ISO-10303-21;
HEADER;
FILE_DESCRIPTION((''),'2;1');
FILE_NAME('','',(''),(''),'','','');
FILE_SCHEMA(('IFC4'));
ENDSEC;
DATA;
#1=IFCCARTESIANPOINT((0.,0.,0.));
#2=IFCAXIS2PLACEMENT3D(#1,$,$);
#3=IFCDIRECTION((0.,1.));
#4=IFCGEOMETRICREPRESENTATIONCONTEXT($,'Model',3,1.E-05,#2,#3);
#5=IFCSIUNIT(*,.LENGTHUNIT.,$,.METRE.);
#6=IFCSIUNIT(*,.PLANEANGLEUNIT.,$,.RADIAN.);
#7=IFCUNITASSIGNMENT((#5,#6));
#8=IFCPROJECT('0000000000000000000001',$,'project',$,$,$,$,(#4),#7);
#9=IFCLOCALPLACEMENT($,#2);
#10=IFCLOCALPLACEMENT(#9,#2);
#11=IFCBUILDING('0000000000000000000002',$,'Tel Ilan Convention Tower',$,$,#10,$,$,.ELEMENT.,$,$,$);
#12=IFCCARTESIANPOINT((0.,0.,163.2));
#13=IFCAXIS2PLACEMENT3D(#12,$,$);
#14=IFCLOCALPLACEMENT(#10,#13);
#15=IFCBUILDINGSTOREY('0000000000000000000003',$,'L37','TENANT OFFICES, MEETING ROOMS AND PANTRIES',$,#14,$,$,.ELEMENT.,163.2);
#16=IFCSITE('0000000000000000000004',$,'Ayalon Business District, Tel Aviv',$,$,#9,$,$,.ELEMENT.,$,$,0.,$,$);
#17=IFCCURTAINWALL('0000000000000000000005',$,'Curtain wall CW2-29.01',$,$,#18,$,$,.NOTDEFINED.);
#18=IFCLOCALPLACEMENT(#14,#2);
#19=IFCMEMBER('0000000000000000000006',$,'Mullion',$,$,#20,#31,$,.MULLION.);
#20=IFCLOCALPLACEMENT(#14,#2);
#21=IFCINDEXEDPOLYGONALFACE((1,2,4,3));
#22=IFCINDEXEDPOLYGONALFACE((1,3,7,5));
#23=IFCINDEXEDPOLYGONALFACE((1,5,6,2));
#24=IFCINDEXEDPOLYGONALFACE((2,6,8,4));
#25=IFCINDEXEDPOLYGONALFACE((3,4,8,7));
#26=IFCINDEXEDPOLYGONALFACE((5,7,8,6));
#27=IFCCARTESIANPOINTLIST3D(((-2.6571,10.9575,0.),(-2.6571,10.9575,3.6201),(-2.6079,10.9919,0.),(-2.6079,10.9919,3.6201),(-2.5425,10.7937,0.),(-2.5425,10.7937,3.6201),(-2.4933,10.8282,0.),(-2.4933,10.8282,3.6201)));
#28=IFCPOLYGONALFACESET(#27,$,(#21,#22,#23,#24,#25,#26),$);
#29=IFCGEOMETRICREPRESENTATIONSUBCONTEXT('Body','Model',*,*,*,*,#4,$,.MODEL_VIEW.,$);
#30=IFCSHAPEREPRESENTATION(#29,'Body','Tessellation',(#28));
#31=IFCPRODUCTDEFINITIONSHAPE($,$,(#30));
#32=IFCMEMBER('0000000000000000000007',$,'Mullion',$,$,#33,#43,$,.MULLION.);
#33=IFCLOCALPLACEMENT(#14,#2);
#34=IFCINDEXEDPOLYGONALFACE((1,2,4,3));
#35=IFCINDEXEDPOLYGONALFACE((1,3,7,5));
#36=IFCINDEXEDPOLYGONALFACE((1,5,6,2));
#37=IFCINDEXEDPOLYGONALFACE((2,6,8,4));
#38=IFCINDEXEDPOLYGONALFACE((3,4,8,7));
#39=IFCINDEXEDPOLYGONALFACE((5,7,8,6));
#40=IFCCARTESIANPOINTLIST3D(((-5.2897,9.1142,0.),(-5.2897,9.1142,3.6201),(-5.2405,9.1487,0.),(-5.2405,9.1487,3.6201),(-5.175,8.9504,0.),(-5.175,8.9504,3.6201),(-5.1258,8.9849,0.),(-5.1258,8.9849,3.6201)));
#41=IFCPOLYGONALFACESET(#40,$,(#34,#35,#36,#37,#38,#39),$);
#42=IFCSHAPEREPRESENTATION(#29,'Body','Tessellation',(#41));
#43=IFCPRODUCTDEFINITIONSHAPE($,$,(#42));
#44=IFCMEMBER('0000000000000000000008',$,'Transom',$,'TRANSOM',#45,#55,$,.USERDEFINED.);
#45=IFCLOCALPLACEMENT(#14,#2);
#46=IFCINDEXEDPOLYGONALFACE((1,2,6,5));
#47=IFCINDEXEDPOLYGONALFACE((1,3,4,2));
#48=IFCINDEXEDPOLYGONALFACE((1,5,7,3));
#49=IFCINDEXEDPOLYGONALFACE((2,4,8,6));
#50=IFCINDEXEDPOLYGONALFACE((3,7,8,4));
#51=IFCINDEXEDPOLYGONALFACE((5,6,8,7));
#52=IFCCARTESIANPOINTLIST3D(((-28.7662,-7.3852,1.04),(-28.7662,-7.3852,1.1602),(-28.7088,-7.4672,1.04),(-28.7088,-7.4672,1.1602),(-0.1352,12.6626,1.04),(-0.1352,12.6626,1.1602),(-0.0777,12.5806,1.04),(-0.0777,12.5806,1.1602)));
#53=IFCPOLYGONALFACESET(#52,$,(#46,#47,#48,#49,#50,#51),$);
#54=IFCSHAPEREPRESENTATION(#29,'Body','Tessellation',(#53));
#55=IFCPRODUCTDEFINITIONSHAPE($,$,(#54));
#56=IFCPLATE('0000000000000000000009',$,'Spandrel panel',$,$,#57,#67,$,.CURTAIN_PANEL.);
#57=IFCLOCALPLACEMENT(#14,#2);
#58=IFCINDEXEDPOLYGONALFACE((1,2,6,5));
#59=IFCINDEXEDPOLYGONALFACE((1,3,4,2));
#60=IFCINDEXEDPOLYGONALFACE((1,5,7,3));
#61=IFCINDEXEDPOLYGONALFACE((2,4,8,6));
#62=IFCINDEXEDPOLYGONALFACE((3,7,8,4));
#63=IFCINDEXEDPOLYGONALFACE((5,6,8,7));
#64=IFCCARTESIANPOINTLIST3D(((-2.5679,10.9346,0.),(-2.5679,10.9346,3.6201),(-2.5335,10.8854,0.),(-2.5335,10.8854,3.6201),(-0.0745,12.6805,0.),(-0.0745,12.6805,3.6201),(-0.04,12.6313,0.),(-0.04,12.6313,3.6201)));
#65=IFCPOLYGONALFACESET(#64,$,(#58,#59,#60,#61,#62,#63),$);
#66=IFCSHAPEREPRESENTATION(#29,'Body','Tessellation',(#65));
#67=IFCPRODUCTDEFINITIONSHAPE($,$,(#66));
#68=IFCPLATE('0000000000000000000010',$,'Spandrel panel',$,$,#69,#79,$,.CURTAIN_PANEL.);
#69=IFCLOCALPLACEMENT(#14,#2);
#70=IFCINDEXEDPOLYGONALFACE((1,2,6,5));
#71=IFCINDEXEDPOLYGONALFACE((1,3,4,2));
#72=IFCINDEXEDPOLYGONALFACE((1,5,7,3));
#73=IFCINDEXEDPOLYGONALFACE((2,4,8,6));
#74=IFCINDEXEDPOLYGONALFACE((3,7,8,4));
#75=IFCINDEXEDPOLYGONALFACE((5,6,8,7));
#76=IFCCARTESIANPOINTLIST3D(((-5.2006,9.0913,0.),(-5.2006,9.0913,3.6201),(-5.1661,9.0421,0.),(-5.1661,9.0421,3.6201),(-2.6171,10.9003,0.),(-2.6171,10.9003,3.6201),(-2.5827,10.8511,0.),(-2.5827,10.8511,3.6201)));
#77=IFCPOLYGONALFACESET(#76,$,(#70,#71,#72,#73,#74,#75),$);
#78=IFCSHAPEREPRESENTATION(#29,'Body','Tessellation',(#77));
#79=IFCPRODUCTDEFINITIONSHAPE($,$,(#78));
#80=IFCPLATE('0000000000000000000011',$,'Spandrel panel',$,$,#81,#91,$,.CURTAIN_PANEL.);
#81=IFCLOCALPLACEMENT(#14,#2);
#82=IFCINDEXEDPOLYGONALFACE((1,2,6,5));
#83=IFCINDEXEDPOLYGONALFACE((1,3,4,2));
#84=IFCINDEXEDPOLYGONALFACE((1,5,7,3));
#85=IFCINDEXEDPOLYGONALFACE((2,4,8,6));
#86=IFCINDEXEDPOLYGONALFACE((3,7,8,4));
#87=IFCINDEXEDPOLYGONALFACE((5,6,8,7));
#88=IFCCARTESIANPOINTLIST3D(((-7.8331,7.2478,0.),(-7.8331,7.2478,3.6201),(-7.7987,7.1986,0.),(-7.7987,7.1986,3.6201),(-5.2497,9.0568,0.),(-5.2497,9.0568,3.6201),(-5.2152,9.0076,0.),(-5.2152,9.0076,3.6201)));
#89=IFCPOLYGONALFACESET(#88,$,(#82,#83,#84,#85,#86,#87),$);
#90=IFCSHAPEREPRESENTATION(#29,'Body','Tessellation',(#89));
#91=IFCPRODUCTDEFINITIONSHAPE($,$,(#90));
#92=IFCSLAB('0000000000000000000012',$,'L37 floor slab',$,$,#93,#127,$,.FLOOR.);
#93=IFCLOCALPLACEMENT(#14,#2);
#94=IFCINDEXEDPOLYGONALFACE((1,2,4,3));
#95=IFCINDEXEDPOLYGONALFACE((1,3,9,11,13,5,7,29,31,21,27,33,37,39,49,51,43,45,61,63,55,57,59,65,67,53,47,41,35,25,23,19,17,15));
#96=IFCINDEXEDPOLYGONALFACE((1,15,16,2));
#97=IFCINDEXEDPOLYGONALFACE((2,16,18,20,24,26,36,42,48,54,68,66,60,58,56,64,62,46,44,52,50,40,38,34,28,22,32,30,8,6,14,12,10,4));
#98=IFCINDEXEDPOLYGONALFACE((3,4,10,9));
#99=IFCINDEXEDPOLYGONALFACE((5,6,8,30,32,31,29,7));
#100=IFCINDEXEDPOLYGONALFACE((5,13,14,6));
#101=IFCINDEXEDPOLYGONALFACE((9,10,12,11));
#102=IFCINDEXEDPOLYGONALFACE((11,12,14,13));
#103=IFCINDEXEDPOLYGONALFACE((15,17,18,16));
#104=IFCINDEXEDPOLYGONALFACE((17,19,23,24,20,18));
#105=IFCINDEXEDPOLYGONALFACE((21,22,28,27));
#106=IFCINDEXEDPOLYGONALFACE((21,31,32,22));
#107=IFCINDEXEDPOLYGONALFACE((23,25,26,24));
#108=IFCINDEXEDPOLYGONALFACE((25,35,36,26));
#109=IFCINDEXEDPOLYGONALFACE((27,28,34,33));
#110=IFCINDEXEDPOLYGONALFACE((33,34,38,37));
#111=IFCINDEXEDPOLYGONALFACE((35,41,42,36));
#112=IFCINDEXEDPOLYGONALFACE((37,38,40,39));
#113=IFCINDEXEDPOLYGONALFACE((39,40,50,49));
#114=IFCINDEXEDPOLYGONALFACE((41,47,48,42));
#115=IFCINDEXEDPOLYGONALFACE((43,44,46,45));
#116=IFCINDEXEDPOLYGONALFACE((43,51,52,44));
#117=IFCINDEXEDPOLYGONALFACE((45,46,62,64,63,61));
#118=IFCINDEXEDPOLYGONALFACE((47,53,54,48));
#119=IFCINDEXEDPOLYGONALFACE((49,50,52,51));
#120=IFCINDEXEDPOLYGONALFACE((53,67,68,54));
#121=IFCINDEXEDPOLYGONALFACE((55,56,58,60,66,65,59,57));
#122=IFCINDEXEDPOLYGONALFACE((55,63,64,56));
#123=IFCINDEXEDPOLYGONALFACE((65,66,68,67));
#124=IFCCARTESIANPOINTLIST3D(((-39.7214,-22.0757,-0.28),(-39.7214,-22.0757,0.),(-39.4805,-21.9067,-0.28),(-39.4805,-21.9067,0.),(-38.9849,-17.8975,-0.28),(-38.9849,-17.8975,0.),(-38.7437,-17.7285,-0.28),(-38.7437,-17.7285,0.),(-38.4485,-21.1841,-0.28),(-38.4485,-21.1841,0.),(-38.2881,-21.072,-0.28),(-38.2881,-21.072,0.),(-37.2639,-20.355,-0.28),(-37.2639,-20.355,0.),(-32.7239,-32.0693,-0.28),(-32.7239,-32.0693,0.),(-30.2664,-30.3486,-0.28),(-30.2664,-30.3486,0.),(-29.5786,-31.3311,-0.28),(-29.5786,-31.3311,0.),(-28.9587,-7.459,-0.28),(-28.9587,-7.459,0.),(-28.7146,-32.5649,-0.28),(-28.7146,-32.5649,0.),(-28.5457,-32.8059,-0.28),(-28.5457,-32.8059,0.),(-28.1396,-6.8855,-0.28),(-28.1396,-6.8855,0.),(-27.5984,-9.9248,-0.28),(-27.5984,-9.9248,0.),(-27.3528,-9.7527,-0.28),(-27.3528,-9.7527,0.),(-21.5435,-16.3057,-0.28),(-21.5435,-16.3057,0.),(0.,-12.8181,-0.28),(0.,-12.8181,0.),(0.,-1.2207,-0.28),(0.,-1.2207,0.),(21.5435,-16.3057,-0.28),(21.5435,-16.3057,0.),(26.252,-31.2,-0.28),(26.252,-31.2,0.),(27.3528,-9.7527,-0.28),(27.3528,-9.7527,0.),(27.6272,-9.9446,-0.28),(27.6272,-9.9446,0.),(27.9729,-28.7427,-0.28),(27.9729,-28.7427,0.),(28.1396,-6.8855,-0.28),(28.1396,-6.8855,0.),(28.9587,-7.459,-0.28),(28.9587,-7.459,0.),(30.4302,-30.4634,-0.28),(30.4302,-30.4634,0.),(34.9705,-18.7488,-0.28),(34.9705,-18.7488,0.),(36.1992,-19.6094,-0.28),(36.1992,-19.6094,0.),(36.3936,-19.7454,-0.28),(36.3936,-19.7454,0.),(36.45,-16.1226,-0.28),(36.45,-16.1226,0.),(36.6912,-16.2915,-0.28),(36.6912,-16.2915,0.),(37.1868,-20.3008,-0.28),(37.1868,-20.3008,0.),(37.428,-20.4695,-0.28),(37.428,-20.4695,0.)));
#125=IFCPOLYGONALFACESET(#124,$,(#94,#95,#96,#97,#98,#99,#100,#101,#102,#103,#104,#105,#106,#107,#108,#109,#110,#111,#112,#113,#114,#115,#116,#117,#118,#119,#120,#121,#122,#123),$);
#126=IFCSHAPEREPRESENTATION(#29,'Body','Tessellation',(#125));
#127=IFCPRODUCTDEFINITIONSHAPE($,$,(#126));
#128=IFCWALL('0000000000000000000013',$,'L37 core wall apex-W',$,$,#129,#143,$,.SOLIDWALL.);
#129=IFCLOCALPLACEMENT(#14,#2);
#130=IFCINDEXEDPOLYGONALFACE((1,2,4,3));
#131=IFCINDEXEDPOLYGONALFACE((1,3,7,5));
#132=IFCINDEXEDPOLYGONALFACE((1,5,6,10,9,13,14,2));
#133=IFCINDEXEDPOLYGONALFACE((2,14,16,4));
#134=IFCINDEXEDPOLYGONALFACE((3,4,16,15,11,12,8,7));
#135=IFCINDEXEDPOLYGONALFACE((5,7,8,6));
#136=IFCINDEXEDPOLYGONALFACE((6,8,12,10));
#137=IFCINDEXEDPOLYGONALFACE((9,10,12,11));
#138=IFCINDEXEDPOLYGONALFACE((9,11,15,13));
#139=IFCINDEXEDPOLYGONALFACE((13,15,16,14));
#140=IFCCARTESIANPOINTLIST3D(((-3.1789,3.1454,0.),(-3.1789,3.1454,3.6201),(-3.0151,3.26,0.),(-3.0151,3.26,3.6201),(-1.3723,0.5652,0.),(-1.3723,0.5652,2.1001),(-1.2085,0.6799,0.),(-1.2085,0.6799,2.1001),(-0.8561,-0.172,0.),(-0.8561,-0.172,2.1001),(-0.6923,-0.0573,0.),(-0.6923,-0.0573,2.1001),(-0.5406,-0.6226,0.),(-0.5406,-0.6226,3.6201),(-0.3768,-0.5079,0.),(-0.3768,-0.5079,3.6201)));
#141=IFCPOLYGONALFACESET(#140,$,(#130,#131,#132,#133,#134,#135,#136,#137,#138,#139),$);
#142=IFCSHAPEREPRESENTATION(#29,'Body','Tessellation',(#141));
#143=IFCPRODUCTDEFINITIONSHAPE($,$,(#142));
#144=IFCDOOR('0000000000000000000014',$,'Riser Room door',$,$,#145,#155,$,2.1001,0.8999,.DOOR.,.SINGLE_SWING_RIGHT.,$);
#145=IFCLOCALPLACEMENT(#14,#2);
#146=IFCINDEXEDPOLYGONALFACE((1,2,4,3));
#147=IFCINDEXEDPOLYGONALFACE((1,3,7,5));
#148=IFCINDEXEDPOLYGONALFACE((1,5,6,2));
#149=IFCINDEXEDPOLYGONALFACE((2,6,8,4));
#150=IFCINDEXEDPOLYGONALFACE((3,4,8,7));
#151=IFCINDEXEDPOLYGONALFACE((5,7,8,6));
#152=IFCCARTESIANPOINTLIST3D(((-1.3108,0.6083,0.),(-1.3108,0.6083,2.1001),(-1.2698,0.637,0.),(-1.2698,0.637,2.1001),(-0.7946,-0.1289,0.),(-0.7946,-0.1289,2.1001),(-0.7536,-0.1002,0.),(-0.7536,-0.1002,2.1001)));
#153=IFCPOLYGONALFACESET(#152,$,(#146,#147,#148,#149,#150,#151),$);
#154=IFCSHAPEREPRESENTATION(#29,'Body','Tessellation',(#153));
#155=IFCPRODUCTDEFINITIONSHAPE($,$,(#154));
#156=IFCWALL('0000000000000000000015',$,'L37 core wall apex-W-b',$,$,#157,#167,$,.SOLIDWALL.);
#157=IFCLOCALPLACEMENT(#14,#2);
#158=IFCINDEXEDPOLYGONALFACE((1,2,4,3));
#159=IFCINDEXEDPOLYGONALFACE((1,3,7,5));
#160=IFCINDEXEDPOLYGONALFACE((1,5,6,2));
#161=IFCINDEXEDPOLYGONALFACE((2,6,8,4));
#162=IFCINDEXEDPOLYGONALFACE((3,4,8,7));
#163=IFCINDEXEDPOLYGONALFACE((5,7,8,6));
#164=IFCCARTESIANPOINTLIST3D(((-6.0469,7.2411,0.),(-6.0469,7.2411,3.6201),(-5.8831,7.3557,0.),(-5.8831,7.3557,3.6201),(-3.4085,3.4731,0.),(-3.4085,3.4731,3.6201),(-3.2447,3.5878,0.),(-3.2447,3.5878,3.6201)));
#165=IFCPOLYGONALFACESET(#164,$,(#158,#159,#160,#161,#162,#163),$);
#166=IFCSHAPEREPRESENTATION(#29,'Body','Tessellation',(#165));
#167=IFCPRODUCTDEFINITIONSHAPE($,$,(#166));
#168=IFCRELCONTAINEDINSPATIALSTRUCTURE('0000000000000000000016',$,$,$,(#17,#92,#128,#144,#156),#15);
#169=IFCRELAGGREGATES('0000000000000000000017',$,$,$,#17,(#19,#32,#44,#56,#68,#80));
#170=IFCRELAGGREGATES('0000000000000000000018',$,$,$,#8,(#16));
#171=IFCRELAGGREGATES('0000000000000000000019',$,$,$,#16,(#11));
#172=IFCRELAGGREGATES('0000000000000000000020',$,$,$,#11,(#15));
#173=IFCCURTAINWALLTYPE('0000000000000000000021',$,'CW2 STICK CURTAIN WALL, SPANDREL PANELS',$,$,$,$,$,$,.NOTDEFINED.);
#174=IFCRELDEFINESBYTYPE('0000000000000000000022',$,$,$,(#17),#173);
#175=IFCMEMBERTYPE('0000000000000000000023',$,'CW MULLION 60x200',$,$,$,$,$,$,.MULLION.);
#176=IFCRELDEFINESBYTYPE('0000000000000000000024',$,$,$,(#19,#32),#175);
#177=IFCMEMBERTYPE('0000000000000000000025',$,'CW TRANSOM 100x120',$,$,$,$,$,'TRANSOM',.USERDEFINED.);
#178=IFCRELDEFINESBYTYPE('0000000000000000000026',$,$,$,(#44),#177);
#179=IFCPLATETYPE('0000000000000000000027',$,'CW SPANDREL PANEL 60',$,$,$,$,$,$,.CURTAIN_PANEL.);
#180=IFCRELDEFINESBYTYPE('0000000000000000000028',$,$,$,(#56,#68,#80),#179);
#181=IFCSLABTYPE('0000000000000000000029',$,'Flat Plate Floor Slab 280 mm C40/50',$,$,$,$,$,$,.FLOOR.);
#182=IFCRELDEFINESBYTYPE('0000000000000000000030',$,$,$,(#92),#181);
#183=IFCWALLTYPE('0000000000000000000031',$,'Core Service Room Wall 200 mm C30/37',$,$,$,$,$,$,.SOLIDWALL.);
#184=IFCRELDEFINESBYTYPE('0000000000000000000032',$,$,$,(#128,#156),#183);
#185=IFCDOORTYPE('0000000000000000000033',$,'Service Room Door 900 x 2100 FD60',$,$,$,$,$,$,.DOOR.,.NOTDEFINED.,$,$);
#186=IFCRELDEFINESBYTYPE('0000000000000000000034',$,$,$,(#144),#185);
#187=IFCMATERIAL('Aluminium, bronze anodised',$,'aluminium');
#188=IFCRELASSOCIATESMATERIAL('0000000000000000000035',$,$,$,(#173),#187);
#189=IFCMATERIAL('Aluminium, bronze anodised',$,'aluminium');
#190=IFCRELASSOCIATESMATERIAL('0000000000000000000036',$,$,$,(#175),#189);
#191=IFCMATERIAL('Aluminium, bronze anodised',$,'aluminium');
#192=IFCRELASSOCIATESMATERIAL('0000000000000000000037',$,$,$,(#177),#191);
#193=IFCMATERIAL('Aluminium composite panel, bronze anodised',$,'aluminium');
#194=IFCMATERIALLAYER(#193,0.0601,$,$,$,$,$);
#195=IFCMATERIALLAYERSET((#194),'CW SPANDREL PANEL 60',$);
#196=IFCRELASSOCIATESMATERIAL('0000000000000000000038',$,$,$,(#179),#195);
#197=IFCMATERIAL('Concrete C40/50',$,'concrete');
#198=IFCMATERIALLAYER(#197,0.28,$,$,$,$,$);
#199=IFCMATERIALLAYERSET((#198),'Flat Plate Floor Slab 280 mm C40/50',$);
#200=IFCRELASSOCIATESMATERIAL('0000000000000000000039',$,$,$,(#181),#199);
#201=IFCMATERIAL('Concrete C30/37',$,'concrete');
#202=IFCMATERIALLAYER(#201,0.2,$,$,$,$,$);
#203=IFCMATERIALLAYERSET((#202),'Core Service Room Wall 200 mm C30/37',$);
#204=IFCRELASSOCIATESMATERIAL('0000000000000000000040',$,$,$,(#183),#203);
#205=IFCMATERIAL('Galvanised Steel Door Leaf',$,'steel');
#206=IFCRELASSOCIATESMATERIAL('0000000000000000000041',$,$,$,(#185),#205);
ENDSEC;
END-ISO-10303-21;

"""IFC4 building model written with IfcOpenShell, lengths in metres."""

from ifc_helpers import new_model, si_unit, direction, frame, frame_2d, origin, origin_2d, place, context, subcontext, project, spatial, polyline, rectangle, outline, extrude, material, layer, layer_set, material_profile, profile_set, type_object, element, fill, aggregate, save


model = new_model("IFC4")

# Units and contexts
model_context = context("Model", 3, precision=1e-05, world=origin(), true_north=direction((0.0, 1.0)))
body_context = subcontext(model_context, "Body", "Model", "MODEL_VIEW")
ifc_project = project(units=[si_unit("LENGTHUNIT", "METRE"), si_unit("PLANEANGLEUNIT", "RADIAN")], contexts=[model_context])

# Site, building, storey
site_placement = place(None, origin())
site = spatial("IfcSite", under=ifc_project, at=site_placement, Name="Ayalon Business District, Tel Aviv", CompositionType="ELEMENT", RefElevation=0.0)
building_placement = place(site_placement, origin())
building = spatial("IfcBuilding", under=site, at=building_placement, Name="Tel Ilan Convention Tower", CompositionType="ELEMENT")
storey_placement = place(building_placement, frame((0.0, 0.0, 163.2)))
storey = spatial("IfcBuildingStorey", under=building, at=storey_placement, Name="L37", Description="TENANT OFFICES, MEETING ROOMS AND PANTRIES", CompositionType="ELEMENT", Elevation=163.2)

# Curtain wall, members, plates
ifc_material_1 = material(Name="Aluminium, bronze anodised", Category="aluminium")
curtain_wall_type = type_object("IfcCurtainWallType", Name="CW2 STICK CURTAIN WALL, SPANDREL PANELS", PredefinedType="NOTDEFINED", material=ifc_material_1)
curtain_wall_placement = place(storey_placement, origin())
curtain_wall = element("IfcCurtainWall", 1, at=curtain_wall_placement, inside=storey, type_object=curtain_wall_type, Name="Curtain wall CW2-29.01", PredefinedType="NOTDEFINED")
ifc_material_2 = material(Name="Aluminium, bronze anodised", Category="aluminium")
ifc_material_profile_1 = material_profile(ifc_material_2, rectangle(XDim=0.0601, YDim=0.2, at=origin_2d()), Name="CW MULLION 60x200")
ifc_profile_set_1 = profile_set([ifc_material_profile_1], Name="Aluminium, bronze anodised")
member_type_1 = type_object("IfcMemberType", Name="CW MULLION 60x200", PredefinedType="MULLION", material=ifc_profile_set_1)
member_1_placement = place(storey_placement, frame((-2.5752, 10.8928, 0.0), z_axis=(0.0, 0.0, 1.0), x_axis=(-0.819152, -0.573576, 0.0)))
member_1 = element("IfcMember", 2, at=member_1_placement, type_object=member_type_1, Name="Mullion", PredefinedType="MULLION", context=body_context, shape_type="SweptSolid", body=[
    extrude(rectangle(XDim=0.0601, YDim=0.2, at=origin_2d()), origin(), (0.0, 0.0, 1.0), 3.6201),
])
member_2_placement = place(storey_placement, frame((-5.2078, 9.0496, 0.0), z_axis=(0.0, 0.0, 1.0), x_axis=(-0.819152, -0.573576, 0.0)))
member_2 = element("IfcMember", 3, at=member_2_placement, type_object=member_type_1, Name="Mullion", PredefinedType="MULLION", context=body_context, shape_type="SweptSolid", body=[
    extrude(rectangle(XDim=0.0601, YDim=0.2, at=origin_2d()), origin(), (0.0, 0.0, 1.0), 3.6201),
])
ifc_material_3 = material(Name="Aluminium, bronze anodised", Category="aluminium")
ifc_material_profile_2 = material_profile(ifc_material_3, rectangle(XDim=0.1001, YDim=0.1201, at=origin_2d()), Name="CW TRANSOM 100x120")
ifc_profile_set_2 = profile_set([ifc_material_profile_2], Name="Aluminium, bronze anodised")
member_type_2 = type_object("IfcMemberType", Name="CW TRANSOM 100x120", ElementType="TRANSOM", PredefinedType="USERDEFINED", material=ifc_profile_set_2)
member_3_placement = place(storey_placement, frame((-0.1064, 12.6216, 1.1001), z_axis=(-0.81915, -0.573579, 0.0), x_axis=(0.573579, -0.81915, 0.0)))
member_3 = element("IfcMember", 4, at=member_3_placement, type_object=member_type_2, Name="Transom", ObjectType="TRANSOM", PredefinedType="USERDEFINED", context=body_context, shape_type="SweptSolid", body=[
    extrude(rectangle(XDim=0.1001, YDim=0.1201, at=origin_2d()), origin(), (0.0, 0.0, 1.0), 34.9521),
])
ifc_material_4 = material(Name="Aluminium composite panel, bronze anodised", Category="aluminium")
ifc_layer_1 = layer(ifc_material_4, 0.0601)
ifc_layer_set_1 = layer_set([ifc_layer_1], Name="CW SPANDREL PANEL 60")
plate_type = type_object("IfcPlateType", Name="CW SPANDREL PANEL 60", PredefinedType="CURTAIN_PANEL", material=ifc_layer_set_1)
plate_1_placement = place(storey_placement, frame((-1.304, 11.783, 0.0), z_axis=(0.0, 0.0, 1.0), x_axis=(-0.819152, -0.573576, 0.0)))
plate_1 = element("IfcPlate", 5, at=plate_1_placement, type_object=plate_type, Name="Spandrel panel", PredefinedType="CURTAIN_PANEL", context=body_context, shape_type="SweptSolid", body=[
    extrude(rectangle(XDim=3.0439, YDim=0.0601, at=origin_2d()), origin(), (0.0, 0.0, 1.0), 3.6201),
])
plate_2_placement = place(storey_placement, frame((-3.8916, 9.9712, 0.0), z_axis=(0.0, 0.0, 1.0), x_axis=(-0.819152, -0.573576, 0.0)))
plate_2 = element("IfcPlate", 6, at=plate_2_placement, type_object=plate_type, Name="Spandrel panel", PredefinedType="CURTAIN_PANEL", context=body_context, shape_type="SweptSolid", body=[
    extrude(rectangle(XDim=3.1538, YDim=0.0601, at=origin_2d()), origin(), (0.0, 0.0, 1.0), 3.6201),
])
plate_3_placement = place(storey_placement, frame((-6.5242, 8.1277, 0.0), z_axis=(0.0, 0.0, 1.0), x_axis=(-0.819152, -0.573576, 0.0)))
plate_3 = element("IfcPlate", 7, at=plate_3_placement, type_object=plate_type, Name="Spandrel panel", PredefinedType="CURTAIN_PANEL", context=body_context, shape_type="SweptSolid", body=[
    extrude(rectangle(XDim=3.1538, YDim=0.0601, at=origin_2d()), origin(), (0.0, 0.0, 1.0), 3.6201),
])
aggregate(curtain_wall, [member_1, member_2, member_3, plate_1, plate_2, plate_3])

# Slab
ifc_material_5 = material(Name="Concrete C40/50", Category="concrete")
ifc_layer_2 = layer(ifc_material_5, 0.28)
ifc_layer_set_2 = layer_set([ifc_layer_2], Name="Flat Plate Floor Slab 280 mm C40/50")
slab_type = type_object("IfcSlabType", Name="Flat Plate Floor Slab 280 mm C40/50", PredefinedType="FLOOR", material=ifc_layer_set_2)
slab_placement = place(storey_placement, frame((0.0, 0.0, -0.28)))
element("IfcSlab", 8, at=slab_placement, inside=storey, type_object=slab_type, Name="L37 floor slab", PredefinedType="FLOOR", context=body_context, shape_type="SweptSolid", body=[
    extrude(outline(polyline([(37.1868, -20.3008), (37.428, -20.4695), (30.4302, -30.4634), (27.9729, -28.7427), (26.252, -31.2), (0.0, -12.8181), (-28.5457, -32.8059), (-28.7146, -32.5649), (-29.5786, -31.3311), (-30.2664, -30.3486), (-32.7239, -32.0693), (-39.7214, -22.0757), (-39.4805, -21.9067), (-38.4485, -21.1841), (-38.2881, -21.072), (-37.2639, -20.355), (-38.9849, -17.8975), (-38.7437, -17.7285), (-27.5984, -9.9248), (-27.3528, -9.7527), (-28.9587, -7.459), (-28.1396, -6.8855), (-21.5435, -16.3057), (0.0, -1.2207), (21.5435, -16.3057), (28.1396, -6.8855), (28.9587, -7.459), (27.3528, -9.7527), (27.6272, -9.9446), (36.45, -16.1226), (36.6912, -16.2915), (34.9705, -18.7488), (36.1992, -19.6094), (36.3936, -19.7454), (37.1868, -20.3008)])), origin(), (0.0, 0.0, 1.0), 0.28),
])

# Wall, opening, door
ifc_material_6 = material(Name="Concrete C30/37", Category="concrete")
ifc_layer_3 = layer(ifc_material_6, 0.2)
ifc_layer_set_3 = layer_set([ifc_layer_3], Name="Core Service Room Wall 200 mm C30/37")
wall_type_1 = type_object("IfcWallType", Name="Core Service Room Wall 200 mm C30/37", PredefinedType="SOLIDWALL", material=ifc_layer_set_3)
wall_1_placement = place(storey_placement, frame((-0.4587, -0.5652, 0.0), z_axis=(0.0, 0.0, 1.0), x_axis=(-0.573576, 0.819152, 0.0)))
wall_1 = element("IfcWall", 9, at=wall_1_placement, inside=storey, type_object=wall_type_1, Name="L37 core wall apex-W", PredefinedType="SOLIDWALL", context=body_context, shape_type="SweptSolid", body=[
    extrude(rectangle(XDim=4.5999, YDim=0.2, at=frame_2d((2.2998, 0.0))), origin(), (0.0, 0.0, 1.0), 3.6201),
])
opening_1_placement = place(wall_1_placement, frame((0.55, 0.0, 0.0)))
opening_1 = element("IfcOpeningElement", 10, at=opening_1_placement, cuts=wall_1, PredefinedType="OPENING", context=body_context, shape_type="SweptSolid", body=[
    extrude(rectangle(XDim=0.8999, YDim=2.1001, at=frame_2d((0.45, 1.05))), frame((0.0, 0.1099, 0.0), z_axis=(0.0, -1.0, 0.0), x_axis=(1.0, 0.0, 0.0)), (0.0, 0.0, 1.0), 0.22),
])
ifc_material_7 = material(Name="Galvanised Steel Door Leaf", Category="steel")
door_type_1 = type_object("IfcDoorType", Name="Service Room Door 900 x 2100 FD60", OperationType="NOTDEFINED", PredefinedType="DOOR", material=ifc_material_7)
door_1_placement = place(opening_1_placement, origin())
door_1 = element("IfcDoor", 11, at=door_1_placement, inside=storey, type_object=door_type_1, Name="Riser Room door", OperationType="SINGLE_SWING_RIGHT", OverallHeight=2.1001, OverallWidth=0.8999, PredefinedType="DOOR", context=body_context, shape_type="SweptSolid", body=[
    extrude(rectangle(XDim=0.8999, YDim=2.1001, at=frame_2d((0.45, 1.05))), frame((0.0, 0.0249, 0.0), z_axis=(0.0, -1.0, 0.0), x_axis=(1.0, 0.0, 0.0)), (0.0, 0.0, 1.0), 0.05),
])
fill(opening_1, door_1)

# Wall
wall_2_placement = place(storey_placement, frame((-3.3267, 3.5305, 0.0), z_axis=(0.0, 0.0, 1.0), x_axis=(-0.573576, 0.819152, 0.0)))
element("IfcWall", 12, at=wall_2_placement, inside=storey, type_object=wall_type_1, Name="L37 core wall apex-W-b", PredefinedType="SOLIDWALL", context=body_context, shape_type="SweptSolid", body=[
    extrude(rectangle(XDim=4.5999, YDim=0.2, at=frame_2d((2.2998, 0.0))), origin(), (0.0, 0.0, 1.0), 3.6201),
])

save(model, "model.ifc")
